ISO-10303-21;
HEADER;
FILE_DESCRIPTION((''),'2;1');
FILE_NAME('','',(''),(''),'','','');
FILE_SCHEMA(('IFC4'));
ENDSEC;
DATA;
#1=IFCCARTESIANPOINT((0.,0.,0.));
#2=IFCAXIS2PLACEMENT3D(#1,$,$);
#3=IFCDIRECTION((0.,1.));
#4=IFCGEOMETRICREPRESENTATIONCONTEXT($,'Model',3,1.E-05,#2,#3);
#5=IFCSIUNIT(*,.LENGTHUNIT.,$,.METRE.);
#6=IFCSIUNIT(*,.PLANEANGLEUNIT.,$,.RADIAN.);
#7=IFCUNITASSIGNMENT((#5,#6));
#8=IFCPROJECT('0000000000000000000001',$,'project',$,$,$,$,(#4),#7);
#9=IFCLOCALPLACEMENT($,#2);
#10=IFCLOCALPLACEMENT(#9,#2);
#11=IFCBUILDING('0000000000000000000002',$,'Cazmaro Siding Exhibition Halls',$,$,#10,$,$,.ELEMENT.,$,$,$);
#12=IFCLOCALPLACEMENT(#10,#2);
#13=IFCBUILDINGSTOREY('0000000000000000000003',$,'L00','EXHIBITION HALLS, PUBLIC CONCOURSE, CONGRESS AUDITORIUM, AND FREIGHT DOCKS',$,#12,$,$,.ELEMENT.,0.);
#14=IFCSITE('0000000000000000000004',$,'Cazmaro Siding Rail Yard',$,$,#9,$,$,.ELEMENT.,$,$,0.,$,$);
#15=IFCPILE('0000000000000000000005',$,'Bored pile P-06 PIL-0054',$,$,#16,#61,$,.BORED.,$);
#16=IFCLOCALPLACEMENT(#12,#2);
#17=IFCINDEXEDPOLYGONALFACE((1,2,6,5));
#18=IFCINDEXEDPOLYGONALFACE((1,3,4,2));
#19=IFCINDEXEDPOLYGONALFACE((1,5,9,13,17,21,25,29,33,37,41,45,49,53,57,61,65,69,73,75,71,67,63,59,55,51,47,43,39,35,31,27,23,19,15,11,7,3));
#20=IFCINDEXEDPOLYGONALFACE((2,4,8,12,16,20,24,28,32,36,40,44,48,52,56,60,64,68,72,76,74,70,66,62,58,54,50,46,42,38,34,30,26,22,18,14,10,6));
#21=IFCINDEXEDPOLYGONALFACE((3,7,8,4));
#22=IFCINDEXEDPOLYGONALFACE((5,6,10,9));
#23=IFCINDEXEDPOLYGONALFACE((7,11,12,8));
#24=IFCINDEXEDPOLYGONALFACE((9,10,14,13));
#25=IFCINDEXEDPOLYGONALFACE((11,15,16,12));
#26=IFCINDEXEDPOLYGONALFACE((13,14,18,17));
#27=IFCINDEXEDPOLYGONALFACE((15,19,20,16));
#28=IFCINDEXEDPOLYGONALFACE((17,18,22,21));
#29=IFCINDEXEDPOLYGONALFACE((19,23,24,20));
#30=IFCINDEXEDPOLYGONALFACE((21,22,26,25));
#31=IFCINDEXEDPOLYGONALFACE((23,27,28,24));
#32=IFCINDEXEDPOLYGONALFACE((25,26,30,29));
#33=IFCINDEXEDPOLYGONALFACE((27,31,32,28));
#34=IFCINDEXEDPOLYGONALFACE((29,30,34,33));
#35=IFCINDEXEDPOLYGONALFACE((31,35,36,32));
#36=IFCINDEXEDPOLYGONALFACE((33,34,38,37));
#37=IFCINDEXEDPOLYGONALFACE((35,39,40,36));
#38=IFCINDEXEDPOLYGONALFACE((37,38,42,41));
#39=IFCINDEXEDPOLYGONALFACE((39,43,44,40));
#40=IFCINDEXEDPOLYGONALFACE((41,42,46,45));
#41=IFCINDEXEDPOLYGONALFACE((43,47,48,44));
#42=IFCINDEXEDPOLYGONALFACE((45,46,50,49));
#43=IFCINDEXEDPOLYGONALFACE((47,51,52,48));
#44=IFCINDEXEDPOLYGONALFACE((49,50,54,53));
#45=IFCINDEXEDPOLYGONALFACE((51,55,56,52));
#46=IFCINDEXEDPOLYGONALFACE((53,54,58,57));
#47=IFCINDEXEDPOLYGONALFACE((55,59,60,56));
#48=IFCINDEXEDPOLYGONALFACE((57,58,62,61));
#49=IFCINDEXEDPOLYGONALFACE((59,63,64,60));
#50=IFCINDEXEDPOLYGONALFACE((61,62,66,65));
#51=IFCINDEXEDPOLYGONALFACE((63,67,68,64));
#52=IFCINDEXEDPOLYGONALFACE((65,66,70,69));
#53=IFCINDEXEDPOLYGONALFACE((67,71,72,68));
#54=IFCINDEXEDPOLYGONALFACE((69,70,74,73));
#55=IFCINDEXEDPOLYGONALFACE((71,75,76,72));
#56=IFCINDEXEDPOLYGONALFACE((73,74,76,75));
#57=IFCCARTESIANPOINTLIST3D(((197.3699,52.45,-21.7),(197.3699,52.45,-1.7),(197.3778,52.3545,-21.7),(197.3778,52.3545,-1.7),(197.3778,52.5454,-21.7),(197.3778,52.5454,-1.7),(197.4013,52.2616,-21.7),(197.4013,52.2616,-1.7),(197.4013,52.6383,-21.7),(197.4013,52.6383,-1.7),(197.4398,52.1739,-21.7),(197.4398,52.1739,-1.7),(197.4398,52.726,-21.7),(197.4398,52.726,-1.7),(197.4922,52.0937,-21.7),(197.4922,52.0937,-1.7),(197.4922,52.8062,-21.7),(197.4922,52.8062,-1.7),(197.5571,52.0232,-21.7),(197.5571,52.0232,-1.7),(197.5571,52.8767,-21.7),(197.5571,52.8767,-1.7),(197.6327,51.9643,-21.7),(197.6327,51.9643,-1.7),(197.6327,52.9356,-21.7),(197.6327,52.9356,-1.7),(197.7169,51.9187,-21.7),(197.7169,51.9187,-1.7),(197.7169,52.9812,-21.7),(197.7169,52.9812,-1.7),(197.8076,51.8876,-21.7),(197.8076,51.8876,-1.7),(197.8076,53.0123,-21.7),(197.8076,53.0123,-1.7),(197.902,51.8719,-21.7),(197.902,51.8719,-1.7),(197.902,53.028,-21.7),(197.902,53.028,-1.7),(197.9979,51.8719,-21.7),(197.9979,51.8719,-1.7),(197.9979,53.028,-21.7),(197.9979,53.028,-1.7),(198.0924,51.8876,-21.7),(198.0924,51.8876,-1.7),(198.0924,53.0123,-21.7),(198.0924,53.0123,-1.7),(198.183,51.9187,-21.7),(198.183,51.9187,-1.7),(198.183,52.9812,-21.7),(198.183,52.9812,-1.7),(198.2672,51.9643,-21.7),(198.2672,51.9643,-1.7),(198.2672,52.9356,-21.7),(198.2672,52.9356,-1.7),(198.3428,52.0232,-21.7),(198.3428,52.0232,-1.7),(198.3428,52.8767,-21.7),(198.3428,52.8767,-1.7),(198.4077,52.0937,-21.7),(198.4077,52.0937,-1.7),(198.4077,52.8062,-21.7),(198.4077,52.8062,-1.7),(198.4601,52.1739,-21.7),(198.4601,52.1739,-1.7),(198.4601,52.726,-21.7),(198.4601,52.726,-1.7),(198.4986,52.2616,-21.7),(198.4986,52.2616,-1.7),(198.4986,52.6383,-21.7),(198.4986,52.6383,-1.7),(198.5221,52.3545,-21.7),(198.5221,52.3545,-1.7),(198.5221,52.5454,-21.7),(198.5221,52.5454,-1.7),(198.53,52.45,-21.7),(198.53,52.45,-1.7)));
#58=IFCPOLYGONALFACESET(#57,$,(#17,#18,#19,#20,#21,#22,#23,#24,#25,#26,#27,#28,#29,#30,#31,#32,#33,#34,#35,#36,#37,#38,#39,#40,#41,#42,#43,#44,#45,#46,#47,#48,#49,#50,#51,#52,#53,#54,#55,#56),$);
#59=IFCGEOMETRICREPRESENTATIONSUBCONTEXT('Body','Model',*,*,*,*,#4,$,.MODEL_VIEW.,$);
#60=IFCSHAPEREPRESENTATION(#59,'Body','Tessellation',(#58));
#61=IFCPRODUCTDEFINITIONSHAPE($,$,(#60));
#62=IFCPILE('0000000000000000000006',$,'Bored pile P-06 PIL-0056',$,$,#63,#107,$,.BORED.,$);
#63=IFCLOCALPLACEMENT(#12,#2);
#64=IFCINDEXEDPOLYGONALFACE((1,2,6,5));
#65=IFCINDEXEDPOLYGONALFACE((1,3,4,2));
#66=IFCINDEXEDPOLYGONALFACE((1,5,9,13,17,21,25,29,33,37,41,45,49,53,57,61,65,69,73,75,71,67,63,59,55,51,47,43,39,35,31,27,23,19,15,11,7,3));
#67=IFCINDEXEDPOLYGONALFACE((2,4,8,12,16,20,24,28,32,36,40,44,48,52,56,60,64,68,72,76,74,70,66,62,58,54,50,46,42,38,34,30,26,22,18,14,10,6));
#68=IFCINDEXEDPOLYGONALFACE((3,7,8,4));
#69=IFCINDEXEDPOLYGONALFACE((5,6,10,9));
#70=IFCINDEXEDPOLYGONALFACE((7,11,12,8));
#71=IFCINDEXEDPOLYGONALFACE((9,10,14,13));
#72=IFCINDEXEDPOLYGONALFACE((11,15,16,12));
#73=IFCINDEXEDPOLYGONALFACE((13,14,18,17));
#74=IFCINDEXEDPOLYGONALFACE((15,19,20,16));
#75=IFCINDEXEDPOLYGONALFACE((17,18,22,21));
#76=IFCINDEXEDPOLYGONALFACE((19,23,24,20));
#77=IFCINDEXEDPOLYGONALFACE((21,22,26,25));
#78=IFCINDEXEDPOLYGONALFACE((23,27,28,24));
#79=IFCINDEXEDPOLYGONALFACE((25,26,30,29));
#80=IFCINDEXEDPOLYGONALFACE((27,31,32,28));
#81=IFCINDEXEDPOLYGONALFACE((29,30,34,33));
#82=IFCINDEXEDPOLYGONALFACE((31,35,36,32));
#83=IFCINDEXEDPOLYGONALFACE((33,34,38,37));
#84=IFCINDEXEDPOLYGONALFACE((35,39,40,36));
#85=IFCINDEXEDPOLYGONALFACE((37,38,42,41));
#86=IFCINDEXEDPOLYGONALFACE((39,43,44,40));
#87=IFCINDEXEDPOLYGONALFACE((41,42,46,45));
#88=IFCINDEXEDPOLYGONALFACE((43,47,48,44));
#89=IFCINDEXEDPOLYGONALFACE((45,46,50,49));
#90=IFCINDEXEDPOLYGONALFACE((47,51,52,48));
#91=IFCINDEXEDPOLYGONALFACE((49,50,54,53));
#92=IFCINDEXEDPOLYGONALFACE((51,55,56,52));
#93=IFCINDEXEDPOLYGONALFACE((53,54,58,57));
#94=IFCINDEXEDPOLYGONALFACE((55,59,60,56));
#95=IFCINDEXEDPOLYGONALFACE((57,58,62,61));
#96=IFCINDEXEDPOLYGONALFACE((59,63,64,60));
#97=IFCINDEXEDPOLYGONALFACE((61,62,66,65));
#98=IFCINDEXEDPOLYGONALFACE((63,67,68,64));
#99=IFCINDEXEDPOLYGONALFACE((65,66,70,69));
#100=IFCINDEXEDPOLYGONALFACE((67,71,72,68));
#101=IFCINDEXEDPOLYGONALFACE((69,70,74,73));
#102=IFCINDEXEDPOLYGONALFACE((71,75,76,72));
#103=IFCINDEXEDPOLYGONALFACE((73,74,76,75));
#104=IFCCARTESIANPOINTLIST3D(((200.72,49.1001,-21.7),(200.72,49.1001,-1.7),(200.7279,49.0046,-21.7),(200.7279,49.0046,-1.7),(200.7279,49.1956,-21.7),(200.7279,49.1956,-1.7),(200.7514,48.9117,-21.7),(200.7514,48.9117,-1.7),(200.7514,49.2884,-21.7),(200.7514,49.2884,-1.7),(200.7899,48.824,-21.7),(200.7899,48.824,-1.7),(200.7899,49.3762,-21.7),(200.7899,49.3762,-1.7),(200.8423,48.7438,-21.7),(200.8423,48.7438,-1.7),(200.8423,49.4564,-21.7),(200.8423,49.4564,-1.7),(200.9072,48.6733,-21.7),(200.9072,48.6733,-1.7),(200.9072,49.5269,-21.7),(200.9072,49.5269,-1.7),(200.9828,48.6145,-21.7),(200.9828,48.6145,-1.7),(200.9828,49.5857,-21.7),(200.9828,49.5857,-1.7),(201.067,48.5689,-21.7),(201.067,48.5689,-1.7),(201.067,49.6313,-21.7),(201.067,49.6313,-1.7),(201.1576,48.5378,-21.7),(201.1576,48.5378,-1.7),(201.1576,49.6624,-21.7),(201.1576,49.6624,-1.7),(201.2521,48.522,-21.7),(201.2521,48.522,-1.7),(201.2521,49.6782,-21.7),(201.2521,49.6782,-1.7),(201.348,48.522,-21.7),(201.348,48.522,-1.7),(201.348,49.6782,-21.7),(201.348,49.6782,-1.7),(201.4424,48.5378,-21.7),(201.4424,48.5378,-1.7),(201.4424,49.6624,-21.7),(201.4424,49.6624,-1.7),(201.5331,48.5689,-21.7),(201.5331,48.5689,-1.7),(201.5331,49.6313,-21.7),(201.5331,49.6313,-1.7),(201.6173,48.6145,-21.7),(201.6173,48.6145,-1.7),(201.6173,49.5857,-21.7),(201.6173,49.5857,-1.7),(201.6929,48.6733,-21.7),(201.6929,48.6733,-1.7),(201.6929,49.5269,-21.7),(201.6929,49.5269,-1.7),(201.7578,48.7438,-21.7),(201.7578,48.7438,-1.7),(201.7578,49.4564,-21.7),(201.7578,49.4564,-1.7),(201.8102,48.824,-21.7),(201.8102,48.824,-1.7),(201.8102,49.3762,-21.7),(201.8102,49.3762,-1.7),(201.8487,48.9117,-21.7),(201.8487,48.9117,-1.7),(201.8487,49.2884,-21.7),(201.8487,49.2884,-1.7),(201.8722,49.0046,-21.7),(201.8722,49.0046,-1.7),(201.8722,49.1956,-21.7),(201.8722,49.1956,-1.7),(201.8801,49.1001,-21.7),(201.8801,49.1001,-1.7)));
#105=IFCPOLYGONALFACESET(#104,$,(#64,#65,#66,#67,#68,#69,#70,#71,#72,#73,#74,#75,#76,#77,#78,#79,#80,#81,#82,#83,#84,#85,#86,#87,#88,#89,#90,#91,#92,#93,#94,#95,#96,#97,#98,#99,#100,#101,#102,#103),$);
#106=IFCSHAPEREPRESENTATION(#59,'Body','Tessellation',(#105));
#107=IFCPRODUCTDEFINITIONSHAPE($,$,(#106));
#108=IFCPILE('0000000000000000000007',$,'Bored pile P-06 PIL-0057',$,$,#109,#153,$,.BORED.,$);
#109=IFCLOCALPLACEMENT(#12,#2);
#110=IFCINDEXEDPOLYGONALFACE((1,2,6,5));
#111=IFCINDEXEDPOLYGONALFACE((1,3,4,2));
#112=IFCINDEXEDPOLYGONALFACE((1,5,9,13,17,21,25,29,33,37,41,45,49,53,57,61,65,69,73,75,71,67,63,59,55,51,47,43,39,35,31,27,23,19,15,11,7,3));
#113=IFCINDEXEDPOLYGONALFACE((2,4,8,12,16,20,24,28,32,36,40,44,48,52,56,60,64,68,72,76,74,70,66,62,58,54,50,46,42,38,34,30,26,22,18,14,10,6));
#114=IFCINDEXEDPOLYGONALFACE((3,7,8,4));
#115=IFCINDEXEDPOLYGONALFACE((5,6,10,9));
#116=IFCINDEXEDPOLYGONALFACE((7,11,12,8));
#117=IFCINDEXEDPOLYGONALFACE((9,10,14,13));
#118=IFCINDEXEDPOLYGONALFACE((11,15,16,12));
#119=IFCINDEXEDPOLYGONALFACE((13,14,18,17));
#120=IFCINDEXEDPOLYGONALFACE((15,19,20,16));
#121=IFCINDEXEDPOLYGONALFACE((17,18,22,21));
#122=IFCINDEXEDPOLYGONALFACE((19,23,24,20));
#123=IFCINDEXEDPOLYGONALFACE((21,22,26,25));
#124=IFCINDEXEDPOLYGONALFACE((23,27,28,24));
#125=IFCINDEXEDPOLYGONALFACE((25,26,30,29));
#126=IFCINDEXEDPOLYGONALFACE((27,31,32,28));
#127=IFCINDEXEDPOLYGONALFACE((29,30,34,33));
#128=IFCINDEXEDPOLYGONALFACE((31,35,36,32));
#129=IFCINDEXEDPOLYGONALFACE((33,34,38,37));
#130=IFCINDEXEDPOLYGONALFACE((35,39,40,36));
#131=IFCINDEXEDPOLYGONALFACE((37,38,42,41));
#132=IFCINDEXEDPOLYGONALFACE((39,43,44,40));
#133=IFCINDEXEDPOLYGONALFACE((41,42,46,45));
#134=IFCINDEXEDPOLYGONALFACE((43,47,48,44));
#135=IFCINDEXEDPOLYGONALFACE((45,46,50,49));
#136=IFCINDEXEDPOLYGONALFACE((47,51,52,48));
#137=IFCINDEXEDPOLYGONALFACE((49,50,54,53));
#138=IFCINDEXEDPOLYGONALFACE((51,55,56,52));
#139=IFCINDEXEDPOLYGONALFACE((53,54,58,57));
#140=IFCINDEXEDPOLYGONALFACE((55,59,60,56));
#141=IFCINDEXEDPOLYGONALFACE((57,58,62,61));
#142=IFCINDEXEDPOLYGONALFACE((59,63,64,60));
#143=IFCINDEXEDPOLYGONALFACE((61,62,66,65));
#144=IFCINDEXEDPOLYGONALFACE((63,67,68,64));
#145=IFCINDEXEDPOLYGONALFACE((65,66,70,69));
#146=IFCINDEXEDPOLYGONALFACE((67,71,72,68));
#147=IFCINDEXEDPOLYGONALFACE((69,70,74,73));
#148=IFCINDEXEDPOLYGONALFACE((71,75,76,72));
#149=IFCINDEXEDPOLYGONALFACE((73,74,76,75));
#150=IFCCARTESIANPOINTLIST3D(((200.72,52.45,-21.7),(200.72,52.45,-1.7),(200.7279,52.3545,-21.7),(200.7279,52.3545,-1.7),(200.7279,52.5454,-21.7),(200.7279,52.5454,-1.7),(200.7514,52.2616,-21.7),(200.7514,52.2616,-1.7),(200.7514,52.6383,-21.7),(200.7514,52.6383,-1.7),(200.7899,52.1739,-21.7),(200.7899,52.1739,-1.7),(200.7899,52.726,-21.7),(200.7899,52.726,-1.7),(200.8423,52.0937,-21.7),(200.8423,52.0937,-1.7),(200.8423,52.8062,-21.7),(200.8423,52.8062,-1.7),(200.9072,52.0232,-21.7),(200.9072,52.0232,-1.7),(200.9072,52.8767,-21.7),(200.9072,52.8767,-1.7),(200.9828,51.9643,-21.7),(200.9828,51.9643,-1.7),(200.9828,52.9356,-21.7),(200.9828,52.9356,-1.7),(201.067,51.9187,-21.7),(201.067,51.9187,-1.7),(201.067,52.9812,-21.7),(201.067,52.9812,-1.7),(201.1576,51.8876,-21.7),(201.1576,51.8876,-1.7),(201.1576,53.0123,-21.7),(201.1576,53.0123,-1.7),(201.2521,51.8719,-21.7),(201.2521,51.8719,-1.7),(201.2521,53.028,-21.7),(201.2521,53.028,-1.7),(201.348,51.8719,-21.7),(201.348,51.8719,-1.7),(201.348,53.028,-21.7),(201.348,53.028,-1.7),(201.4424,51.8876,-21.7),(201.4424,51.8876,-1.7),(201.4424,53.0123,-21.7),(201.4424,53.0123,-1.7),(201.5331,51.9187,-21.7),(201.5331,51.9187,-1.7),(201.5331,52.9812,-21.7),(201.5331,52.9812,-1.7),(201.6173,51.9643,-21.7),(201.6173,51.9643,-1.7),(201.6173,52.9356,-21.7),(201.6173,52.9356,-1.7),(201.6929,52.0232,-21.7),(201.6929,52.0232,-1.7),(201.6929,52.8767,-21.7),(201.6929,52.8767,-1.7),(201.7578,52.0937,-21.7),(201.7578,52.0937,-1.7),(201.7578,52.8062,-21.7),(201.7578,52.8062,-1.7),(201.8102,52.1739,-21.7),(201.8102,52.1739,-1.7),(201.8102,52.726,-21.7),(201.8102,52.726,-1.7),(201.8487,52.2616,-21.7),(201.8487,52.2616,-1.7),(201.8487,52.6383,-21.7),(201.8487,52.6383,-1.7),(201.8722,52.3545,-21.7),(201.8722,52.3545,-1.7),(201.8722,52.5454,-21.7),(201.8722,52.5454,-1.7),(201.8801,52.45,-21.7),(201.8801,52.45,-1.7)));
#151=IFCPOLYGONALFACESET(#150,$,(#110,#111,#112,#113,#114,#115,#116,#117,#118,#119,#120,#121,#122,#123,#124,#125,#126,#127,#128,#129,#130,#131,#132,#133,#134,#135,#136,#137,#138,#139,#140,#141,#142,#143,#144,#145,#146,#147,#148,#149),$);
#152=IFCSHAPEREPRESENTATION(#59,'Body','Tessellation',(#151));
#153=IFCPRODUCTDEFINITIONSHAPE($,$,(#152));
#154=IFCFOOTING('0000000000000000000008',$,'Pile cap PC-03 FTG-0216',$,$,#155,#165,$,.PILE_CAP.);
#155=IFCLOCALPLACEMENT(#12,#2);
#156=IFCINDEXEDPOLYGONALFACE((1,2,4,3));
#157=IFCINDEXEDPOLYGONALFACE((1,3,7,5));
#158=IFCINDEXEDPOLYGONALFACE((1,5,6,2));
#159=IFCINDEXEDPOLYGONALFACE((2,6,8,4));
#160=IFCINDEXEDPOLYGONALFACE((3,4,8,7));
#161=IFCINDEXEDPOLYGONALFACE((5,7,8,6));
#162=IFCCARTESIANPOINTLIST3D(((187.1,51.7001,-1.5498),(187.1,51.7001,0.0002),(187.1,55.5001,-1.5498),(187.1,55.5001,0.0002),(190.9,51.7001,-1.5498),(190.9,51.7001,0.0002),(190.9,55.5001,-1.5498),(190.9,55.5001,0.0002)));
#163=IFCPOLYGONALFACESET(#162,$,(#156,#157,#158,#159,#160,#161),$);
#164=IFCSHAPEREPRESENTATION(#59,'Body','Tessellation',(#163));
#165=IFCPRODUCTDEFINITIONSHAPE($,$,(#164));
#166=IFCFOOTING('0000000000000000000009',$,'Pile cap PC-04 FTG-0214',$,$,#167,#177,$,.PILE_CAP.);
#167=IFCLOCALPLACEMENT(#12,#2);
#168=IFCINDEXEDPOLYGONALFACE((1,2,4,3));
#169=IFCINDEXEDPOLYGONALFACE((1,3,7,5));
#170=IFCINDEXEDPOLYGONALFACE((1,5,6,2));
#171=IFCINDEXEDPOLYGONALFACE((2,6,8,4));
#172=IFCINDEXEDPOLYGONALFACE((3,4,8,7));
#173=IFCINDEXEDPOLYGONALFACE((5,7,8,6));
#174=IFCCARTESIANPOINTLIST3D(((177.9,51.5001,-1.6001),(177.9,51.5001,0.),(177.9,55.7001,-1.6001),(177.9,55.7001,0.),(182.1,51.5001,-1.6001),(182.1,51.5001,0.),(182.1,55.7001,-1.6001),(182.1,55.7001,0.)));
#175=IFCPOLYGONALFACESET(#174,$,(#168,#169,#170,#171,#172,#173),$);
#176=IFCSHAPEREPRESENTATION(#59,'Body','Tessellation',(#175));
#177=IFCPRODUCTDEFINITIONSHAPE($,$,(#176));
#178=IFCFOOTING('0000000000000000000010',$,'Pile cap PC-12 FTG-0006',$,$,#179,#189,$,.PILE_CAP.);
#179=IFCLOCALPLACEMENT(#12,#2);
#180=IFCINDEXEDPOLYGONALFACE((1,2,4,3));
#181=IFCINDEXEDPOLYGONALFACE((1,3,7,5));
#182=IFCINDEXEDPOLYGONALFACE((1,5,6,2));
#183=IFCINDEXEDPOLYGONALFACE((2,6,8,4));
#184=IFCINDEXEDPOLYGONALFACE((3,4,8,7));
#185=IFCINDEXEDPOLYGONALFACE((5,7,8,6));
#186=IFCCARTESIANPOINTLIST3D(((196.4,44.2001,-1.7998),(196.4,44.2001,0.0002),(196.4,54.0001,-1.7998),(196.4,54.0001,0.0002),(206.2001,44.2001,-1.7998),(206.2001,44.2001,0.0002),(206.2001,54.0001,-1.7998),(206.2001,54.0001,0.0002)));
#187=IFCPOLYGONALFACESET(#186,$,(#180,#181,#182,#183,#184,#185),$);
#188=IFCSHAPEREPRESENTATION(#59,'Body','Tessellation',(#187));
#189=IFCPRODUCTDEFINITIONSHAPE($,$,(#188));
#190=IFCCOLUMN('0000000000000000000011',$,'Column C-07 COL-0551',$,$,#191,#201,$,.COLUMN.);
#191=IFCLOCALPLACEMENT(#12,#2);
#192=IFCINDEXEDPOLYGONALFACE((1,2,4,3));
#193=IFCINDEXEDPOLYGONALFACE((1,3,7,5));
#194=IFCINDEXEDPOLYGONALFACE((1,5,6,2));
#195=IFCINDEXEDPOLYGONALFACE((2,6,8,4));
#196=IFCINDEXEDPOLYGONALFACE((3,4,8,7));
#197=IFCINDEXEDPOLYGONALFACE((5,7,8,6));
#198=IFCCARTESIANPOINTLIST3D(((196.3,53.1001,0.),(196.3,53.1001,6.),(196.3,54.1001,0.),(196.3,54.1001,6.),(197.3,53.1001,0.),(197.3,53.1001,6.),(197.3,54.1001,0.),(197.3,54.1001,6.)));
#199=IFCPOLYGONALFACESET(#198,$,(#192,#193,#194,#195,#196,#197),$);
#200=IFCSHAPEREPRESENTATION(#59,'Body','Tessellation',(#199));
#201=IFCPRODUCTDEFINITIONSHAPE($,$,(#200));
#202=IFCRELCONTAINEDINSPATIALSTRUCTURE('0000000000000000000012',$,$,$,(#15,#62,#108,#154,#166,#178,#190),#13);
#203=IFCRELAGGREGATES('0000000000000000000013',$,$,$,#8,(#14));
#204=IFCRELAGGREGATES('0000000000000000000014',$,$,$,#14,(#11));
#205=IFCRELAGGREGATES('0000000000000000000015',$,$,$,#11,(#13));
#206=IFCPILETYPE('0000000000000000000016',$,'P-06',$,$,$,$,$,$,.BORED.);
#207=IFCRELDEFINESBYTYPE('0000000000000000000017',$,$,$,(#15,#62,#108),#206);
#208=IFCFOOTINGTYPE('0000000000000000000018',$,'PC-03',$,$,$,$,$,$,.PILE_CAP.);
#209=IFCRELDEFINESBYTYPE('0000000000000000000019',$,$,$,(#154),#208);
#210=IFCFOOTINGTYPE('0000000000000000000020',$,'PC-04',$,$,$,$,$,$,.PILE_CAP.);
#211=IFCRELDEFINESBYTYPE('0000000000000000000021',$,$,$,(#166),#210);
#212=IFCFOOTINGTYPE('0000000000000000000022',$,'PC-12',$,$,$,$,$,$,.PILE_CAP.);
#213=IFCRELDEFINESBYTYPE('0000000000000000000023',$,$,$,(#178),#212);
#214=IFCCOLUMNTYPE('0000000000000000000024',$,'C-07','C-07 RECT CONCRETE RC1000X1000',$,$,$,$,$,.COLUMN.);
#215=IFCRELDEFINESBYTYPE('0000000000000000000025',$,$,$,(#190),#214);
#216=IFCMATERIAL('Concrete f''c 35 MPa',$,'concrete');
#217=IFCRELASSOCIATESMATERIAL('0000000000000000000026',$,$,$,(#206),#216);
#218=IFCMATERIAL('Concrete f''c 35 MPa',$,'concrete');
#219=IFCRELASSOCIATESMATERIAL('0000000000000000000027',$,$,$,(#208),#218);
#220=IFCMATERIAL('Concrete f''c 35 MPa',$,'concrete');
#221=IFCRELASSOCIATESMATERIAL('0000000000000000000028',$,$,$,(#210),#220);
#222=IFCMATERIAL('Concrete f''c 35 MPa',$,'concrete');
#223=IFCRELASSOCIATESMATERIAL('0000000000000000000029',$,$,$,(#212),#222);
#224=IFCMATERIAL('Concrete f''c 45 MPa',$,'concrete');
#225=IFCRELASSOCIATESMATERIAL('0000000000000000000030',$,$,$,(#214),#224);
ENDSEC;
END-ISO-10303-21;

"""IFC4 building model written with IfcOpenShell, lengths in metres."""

from ifc_helpers import new_model, si_unit, direction, frame, origin, origin_2d, place, context, subcontext, project, spatial, rectangle, circle, extrude, material, material_profile, profile_set, type_object, element, save


model = new_model("IFC4")

# Units and contexts
model_context = context("Model", 3, precision=1e-05, world=origin(), true_north=direction((0.0, 1.0)))
body_context = subcontext(model_context, "Body", "Model", "MODEL_VIEW")
ifc_project = project(units=[si_unit("LENGTHUNIT", "METRE"), si_unit("PLANEANGLEUNIT", "RADIAN")], contexts=[model_context])

# Site, building, storey
site_placement = place(None, origin())
site = spatial("IfcSite", under=ifc_project, at=site_placement, Name="Cazmaro Siding Rail Yard", CompositionType="ELEMENT", RefElevation=0.0)
building_placement = place(site_placement, origin())
building = spatial("IfcBuilding", under=site, at=building_placement, Name="Cazmaro Siding Exhibition Halls", CompositionType="ELEMENT")
storey_placement = place(building_placement, origin())
storey = spatial("IfcBuildingStorey", under=building, at=storey_placement, Name="L00", Description="EXHIBITION HALLS, PUBLIC CONCOURSE, CONGRESS AUDITORIUM, AND FREIGHT DOCKS", CompositionType="ELEMENT", Elevation=0.0)

# Piles
ifc_material_1 = material(Name="Concrete f'c 35 MPa", Category="concrete")
ifc_material_profile_1 = material_profile(ifc_material_1, circle(Radius=0.5801, at=origin_2d()), Name="CIDH-1160")
ifc_profile_set_1 = profile_set([ifc_material_profile_1], Name="Concrete f'c 35 MPa")
pile_type_1 = type_object("IfcPileType", Name="P-06", PredefinedType="BORED", material=ifc_profile_set_1)
for number, where, z_axis, x_axis, name in (
    (1, (197.95, 52.45, -1.7), (0.0, 0.0, -1.0), (1.0, 0.0, 0.0), "Bored pile P-06 PIL-0054"),
    (2, (201.3, 49.1001, -1.7), (0.0, 0.0, -1.0), (1.0, 0.0, 0.0), "Bored pile P-06 PIL-0056"),
    (3, (201.3, 52.45, -1.7), (0.0, 0.0, -1.0), (1.0, 0.0, 0.0), "Bored pile P-06 PIL-0057"),
):
    element("IfcPile", number, at=place(storey_placement, frame(where, z_axis=z_axis, x_axis=x_axis)), inside=storey, type_object=pile_type_1, Name=name, PredefinedType="BORED", context=body_context, shape_type="SweptSolid", body=[
        extrude(circle(Radius=0.5801, at=origin_2d()), origin(), (0.0, 0.0, 1.0), 20.0),
    ])

# Footings
ifc_material_2 = material(Name="Concrete f'c 35 MPa", Category="concrete")
footing_type_1 = type_object("IfcFootingType", Name="PC-03", PredefinedType="PILE_CAP", material=ifc_material_2)
footing_1_placement = place(storey_placement, frame((189.0, 53.6001, -1.5498), z_axis=(0.0, 0.0, 1.0), x_axis=(1.0, 0.0, 0.0)))
element("IfcFooting", 4, at=footing_1_placement, inside=storey, type_object=footing_type_1, Name="Pile cap PC-03 FTG-0216", PredefinedType="PILE_CAP", context=body_context, shape_type="SweptSolid", body=[
    extrude(rectangle(XDim=3.8, YDim=3.8, at=origin_2d()), origin(), (0.0, 0.0, 1.0), 1.55),
])
ifc_material_3 = material(Name="Concrete f'c 35 MPa", Category="concrete")
footing_type_2 = type_object("IfcFootingType", Name="PC-04", PredefinedType="PILE_CAP", material=ifc_material_3)
footing_2_placement = place(storey_placement, frame((180.0, 53.6001, -1.6001), z_axis=(0.0, 0.0, 1.0), x_axis=(1.0, 0.0, 0.0)))
element("IfcFooting", 5, at=footing_2_placement, inside=storey, type_object=footing_type_2, Name="Pile cap PC-04 FTG-0214", PredefinedType="PILE_CAP", context=body_context, shape_type="SweptSolid", body=[
    extrude(rectangle(XDim=4.2, YDim=4.2, at=origin_2d()), origin(), (0.0, 0.0, 1.0), 1.6001),
])
ifc_material_4 = material(Name="Concrete f'c 35 MPa", Category="concrete")
footing_type_3 = type_object("IfcFootingType", Name="PC-12", PredefinedType="PILE_CAP", material=ifc_material_4)
footing_3_placement = place(storey_placement, frame((201.3, 49.1001, -1.7998), z_axis=(0.0, 0.0, 1.0), x_axis=(1.0, 0.0, 0.0)))
element("IfcFooting", 6, at=footing_3_placement, inside=storey, type_object=footing_type_3, Name="Pile cap PC-12 FTG-0006", PredefinedType="PILE_CAP", context=body_context, shape_type="SweptSolid", body=[
    extrude(rectangle(XDim=9.8, YDim=9.8, at=origin_2d()), origin(), (0.0, 0.0, 1.0), 1.8),
])

# Column
ifc_material_5 = material(Name="Concrete f'c 45 MPa", Category="concrete")
ifc_material_profile_2 = material_profile(ifc_material_5, rectangle(XDim=1.0, YDim=1.0, at=origin_2d()), Name="RC1000X1000")
ifc_profile_set_2 = profile_set([ifc_material_profile_2], Name="Concrete f'c 45 MPa")
column_type_1 = type_object("IfcColumnType", Name="C-07", Description="C-07 RECT CONCRETE RC1000X1000", PredefinedType="COLUMN", material=ifc_profile_set_2)
column_1_placement = place(storey_placement, frame((196.8, 53.6001, 0.0), z_axis=(0.0, 0.0, 1.0), x_axis=(1.0, 0.0, 0.0)))
element("IfcColumn", 7, at=column_1_placement, inside=storey, type_object=column_type_1, Name="Column C-07 COL-0551", PredefinedType="COLUMN", context=body_context, shape_type="SweptSolid", body=[
    extrude(rectangle(XDim=1.0, YDim=1.0, at=origin_2d()), origin(), (0.0, 0.0, 1.0), 6.0),
])

save(model, "model.ifc")
